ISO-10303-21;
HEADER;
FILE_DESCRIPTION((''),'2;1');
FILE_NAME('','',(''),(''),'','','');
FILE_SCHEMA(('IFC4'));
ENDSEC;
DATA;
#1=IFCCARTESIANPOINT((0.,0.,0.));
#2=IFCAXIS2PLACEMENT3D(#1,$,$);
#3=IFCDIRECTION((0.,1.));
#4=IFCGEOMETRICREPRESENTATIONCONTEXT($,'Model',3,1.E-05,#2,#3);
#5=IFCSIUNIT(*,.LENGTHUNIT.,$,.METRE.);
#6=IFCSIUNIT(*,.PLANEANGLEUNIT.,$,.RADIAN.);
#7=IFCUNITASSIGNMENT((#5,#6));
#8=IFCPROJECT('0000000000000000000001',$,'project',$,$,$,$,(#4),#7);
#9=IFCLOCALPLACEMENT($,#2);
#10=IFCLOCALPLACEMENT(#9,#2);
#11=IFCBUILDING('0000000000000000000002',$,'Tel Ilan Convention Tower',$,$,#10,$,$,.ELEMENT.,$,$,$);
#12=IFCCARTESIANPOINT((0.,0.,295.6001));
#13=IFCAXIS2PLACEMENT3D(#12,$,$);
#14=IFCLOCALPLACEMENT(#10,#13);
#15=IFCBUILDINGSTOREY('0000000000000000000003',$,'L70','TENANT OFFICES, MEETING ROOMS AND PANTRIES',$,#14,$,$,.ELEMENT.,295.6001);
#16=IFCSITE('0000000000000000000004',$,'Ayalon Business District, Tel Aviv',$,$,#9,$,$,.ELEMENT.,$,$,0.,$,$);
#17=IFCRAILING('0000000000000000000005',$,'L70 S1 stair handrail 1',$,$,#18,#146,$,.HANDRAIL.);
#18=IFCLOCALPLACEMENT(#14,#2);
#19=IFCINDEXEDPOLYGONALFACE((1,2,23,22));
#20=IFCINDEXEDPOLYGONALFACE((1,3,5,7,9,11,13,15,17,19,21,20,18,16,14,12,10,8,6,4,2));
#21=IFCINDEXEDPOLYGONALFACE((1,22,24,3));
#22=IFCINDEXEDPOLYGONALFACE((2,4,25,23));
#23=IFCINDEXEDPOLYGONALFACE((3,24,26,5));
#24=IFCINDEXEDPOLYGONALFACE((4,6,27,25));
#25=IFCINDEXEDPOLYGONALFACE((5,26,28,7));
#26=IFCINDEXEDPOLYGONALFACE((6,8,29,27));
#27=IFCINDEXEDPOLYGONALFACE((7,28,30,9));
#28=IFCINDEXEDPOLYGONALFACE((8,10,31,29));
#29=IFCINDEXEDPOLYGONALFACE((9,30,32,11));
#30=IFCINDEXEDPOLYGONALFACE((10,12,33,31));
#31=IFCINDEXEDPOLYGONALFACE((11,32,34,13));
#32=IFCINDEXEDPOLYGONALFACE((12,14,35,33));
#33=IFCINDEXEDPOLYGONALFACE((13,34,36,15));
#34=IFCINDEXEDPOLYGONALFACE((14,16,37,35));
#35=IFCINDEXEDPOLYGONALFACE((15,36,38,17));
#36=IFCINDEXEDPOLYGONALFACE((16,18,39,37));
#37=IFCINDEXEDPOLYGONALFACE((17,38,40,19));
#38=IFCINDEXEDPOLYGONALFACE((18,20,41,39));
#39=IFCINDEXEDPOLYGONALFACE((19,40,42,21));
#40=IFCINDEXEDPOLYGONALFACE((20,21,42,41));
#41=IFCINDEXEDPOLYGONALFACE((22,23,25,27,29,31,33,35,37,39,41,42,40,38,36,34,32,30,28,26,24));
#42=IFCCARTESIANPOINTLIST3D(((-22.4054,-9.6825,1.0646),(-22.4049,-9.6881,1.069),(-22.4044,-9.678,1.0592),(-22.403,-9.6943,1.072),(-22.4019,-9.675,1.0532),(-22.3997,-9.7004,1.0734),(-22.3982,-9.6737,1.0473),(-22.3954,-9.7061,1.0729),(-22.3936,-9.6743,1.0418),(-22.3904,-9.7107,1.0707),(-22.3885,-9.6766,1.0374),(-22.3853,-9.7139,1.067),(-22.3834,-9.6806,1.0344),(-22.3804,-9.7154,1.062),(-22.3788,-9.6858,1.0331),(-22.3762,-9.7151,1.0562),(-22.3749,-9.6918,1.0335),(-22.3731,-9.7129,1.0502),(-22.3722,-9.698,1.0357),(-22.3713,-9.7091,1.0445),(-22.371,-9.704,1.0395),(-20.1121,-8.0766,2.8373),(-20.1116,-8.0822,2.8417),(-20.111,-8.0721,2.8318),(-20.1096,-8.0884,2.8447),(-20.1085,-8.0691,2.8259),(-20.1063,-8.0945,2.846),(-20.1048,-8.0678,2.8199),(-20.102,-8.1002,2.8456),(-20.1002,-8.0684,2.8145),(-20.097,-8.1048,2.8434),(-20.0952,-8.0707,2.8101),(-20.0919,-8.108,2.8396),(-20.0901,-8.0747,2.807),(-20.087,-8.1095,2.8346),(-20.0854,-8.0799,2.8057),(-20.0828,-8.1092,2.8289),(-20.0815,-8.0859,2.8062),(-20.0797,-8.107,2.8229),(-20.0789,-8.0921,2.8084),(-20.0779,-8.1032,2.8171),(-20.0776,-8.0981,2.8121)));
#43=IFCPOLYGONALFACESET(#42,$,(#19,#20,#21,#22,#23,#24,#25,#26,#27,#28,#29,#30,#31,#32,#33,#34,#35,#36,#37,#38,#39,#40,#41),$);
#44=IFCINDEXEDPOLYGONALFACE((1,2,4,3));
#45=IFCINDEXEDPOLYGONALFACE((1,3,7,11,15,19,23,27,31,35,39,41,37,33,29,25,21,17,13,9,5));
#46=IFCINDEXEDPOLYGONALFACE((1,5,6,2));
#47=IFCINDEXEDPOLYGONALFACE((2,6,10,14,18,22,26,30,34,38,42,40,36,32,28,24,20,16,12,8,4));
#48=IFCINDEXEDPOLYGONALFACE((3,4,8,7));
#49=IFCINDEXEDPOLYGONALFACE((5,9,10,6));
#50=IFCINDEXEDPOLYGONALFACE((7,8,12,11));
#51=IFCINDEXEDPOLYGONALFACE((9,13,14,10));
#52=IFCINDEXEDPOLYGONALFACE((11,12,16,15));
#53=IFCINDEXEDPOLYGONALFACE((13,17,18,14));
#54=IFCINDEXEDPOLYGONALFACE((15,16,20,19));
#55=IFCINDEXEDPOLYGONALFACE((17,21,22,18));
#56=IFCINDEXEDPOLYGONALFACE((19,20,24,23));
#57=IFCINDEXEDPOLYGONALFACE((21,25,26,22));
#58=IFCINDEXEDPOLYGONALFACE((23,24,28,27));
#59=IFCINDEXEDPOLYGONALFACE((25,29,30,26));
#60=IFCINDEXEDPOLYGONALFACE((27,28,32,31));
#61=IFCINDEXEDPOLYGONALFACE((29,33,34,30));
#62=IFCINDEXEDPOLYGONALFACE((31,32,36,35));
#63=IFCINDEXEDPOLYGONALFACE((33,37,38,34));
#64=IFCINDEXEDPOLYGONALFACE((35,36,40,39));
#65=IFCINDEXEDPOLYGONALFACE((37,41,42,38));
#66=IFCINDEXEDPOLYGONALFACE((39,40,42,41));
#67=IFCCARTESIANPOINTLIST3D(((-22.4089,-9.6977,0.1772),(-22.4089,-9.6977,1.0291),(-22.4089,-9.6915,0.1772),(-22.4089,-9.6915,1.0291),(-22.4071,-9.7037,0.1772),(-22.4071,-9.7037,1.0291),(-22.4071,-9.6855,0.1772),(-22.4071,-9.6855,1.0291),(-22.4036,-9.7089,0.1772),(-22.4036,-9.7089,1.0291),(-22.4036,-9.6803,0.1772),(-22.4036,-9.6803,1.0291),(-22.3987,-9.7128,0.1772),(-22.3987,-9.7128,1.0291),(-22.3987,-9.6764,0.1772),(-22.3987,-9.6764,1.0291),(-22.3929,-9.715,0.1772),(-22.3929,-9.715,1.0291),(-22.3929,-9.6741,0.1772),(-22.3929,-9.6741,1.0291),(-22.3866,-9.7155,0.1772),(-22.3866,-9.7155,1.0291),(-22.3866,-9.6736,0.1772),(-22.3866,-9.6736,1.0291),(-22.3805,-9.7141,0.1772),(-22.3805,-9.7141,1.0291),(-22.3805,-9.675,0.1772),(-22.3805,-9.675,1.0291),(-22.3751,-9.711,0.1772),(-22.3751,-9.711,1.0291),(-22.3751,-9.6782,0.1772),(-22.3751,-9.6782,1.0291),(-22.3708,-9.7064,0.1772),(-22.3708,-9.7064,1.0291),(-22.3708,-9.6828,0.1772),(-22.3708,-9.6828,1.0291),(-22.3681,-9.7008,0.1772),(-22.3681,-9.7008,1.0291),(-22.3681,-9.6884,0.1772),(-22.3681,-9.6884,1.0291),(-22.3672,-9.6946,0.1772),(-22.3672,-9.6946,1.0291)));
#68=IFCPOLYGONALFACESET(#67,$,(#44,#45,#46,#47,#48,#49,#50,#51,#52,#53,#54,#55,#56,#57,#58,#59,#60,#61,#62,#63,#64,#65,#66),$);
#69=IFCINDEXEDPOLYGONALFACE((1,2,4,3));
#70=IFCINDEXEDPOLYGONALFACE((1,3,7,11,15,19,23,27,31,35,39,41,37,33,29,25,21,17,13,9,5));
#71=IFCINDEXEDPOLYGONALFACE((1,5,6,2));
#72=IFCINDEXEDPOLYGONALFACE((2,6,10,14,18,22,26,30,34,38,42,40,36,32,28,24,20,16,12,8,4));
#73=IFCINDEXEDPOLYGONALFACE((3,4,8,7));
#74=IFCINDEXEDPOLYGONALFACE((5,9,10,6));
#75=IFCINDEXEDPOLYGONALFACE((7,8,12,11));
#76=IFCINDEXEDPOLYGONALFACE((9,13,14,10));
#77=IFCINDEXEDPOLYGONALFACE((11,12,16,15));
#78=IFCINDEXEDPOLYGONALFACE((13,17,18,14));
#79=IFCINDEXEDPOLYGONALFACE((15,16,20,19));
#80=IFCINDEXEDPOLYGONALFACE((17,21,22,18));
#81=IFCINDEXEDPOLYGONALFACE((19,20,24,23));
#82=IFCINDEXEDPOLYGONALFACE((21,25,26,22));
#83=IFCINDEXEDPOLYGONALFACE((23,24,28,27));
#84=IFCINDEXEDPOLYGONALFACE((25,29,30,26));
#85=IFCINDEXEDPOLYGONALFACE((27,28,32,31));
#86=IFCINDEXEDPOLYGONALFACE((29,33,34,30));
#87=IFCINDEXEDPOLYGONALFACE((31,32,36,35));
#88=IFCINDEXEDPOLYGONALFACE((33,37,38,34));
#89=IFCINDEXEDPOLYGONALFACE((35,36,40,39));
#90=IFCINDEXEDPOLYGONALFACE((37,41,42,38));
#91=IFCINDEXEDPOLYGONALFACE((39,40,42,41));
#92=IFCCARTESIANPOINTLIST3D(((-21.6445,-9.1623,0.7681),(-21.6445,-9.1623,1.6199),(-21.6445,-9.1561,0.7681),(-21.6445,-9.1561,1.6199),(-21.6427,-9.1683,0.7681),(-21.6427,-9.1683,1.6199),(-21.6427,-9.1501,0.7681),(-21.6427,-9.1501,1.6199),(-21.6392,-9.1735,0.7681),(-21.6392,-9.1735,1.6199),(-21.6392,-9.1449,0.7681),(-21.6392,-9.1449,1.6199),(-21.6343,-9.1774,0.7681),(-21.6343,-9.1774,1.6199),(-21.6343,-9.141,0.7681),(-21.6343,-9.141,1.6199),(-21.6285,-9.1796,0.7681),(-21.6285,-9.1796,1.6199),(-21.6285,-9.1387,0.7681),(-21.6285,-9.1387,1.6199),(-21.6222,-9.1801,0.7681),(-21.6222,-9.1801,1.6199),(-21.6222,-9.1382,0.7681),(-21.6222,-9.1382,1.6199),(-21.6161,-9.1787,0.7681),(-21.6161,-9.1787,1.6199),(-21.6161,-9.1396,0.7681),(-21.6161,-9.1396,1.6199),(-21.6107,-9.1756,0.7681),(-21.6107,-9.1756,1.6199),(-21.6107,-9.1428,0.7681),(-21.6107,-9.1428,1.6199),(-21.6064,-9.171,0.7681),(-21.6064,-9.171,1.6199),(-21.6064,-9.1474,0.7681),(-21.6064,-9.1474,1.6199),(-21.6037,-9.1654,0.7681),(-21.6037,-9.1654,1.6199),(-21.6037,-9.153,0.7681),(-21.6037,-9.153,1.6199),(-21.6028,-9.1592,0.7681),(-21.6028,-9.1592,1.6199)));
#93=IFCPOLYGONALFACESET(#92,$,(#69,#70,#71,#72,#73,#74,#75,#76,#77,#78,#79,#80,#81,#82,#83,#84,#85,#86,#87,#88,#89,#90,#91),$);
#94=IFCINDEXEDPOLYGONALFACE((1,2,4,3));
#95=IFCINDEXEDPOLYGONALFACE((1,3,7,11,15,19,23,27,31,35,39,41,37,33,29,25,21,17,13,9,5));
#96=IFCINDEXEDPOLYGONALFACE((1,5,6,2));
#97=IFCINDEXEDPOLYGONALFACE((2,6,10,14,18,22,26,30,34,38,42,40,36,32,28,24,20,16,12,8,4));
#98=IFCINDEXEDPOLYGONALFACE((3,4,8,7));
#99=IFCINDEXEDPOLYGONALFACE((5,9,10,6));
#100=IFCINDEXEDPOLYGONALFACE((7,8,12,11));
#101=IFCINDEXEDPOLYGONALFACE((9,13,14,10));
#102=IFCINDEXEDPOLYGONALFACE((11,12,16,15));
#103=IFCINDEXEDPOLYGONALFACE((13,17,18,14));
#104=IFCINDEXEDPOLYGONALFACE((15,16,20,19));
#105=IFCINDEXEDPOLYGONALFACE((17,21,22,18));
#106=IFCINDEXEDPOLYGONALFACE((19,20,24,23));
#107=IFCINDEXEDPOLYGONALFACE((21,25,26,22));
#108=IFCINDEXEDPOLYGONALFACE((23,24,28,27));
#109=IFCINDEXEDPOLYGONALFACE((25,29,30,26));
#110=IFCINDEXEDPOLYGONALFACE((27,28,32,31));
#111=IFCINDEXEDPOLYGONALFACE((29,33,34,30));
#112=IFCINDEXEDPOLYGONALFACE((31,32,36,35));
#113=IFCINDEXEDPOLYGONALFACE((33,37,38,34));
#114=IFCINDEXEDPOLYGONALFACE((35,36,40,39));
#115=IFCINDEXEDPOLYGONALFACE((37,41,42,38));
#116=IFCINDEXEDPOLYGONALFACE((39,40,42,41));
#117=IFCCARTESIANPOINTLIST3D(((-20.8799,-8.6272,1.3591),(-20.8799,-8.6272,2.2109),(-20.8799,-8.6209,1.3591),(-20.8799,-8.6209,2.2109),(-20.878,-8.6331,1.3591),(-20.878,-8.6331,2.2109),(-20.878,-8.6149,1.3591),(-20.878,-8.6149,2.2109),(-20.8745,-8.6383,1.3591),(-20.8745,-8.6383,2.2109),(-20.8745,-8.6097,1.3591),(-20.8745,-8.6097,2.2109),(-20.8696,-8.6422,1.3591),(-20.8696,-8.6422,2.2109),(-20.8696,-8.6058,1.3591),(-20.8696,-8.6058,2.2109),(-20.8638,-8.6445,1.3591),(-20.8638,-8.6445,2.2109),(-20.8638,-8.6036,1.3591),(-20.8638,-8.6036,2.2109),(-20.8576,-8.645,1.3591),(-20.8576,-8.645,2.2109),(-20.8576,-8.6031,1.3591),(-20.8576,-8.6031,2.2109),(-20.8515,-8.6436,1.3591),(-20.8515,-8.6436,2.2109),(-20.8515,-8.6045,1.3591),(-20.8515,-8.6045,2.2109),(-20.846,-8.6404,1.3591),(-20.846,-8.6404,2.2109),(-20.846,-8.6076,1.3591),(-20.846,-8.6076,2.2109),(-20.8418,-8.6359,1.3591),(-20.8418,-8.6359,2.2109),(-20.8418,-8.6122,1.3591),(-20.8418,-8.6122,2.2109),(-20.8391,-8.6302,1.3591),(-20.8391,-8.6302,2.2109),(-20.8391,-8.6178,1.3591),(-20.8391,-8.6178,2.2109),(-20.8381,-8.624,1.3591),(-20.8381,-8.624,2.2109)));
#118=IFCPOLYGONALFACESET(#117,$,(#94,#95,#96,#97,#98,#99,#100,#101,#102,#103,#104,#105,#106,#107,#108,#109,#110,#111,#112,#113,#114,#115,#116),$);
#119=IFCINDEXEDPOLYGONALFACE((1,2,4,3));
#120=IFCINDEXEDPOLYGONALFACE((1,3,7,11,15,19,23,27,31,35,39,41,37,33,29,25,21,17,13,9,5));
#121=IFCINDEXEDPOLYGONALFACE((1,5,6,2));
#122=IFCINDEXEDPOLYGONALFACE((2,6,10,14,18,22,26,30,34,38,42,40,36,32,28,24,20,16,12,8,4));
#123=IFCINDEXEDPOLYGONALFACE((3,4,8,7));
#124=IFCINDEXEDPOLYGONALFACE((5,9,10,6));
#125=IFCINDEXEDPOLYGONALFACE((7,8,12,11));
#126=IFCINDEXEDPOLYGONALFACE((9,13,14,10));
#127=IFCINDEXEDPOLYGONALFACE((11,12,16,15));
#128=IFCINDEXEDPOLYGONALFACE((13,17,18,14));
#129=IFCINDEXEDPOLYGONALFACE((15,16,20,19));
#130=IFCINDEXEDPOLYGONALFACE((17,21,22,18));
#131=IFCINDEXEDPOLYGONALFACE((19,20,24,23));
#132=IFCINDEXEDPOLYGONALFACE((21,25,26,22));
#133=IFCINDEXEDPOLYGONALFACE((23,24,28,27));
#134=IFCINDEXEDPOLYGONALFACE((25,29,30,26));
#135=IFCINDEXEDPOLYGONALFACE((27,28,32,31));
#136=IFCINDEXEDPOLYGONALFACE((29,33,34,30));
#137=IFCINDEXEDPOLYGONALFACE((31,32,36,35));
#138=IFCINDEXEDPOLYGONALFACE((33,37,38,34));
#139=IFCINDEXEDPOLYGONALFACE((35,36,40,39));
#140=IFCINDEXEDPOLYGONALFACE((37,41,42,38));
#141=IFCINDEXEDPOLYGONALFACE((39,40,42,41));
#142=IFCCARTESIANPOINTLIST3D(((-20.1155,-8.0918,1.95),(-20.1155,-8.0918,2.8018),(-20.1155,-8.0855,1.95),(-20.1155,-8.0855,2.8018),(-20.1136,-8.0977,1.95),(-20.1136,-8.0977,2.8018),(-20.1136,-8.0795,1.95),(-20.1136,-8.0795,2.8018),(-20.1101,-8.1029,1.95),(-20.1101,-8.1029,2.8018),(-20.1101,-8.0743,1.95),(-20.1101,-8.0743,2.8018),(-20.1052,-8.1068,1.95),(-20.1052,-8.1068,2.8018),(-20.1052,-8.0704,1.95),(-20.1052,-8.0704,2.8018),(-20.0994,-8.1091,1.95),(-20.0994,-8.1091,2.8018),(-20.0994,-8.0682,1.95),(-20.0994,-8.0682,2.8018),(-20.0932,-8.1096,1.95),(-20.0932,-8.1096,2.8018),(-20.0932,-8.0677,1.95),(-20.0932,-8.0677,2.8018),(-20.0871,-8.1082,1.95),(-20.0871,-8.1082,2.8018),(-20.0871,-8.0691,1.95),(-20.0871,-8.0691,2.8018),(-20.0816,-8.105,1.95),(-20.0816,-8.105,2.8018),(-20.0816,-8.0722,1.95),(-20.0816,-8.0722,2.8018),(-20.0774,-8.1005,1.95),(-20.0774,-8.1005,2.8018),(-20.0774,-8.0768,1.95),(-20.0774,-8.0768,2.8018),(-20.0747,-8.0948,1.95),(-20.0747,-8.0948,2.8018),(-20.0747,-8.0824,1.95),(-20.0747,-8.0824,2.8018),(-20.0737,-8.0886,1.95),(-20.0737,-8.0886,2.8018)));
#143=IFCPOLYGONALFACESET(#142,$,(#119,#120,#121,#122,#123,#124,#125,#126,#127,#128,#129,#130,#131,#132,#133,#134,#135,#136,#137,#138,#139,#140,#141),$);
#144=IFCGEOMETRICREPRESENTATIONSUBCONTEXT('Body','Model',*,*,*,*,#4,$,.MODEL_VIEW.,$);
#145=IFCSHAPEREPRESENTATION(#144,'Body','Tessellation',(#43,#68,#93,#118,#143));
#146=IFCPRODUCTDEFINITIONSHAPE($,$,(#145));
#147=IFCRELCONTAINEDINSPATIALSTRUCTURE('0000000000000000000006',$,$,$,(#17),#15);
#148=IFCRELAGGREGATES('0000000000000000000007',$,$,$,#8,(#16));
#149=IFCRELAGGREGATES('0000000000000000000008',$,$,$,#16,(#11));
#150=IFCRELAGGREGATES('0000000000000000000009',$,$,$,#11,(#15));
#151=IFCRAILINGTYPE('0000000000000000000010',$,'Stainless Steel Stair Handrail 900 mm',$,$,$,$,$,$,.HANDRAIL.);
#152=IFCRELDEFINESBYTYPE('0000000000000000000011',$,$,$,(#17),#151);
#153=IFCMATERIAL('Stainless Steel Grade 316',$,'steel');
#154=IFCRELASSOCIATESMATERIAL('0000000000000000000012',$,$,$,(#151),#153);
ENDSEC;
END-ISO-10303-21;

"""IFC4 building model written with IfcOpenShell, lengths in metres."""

from ifc_helpers import new_model, si_unit, direction, frame, origin, origin_2d, place, context, subcontext, project, spatial, circle, extrude, material, type_object, element, save


model = new_model("IFC4")

# Units and contexts
model_context = context("Model", 3, precision=1e-05, world=origin(), true_north=direction((0.0, 1.0)))
body_context = subcontext(model_context, "Body", "Model", "MODEL_VIEW")
ifc_project = project(units=[si_unit("LENGTHUNIT", "METRE"), si_unit("PLANEANGLEUNIT", "RADIAN")], contexts=[model_context])

# Site, building, storey
site_placement = place(None, origin())
site = spatial("IfcSite", under=ifc_project, at=site_placement, Name="Ayalon Business District, Tel Aviv", CompositionType="ELEMENT", RefElevation=0.0)
building_placement = place(site_placement, origin())
building = spatial("IfcBuilding", under=site, at=building_placement, Name="Tel Ilan Convention Tower", CompositionType="ELEMENT")
storey_placement = place(building_placement, frame((0.0, 0.0, 295.6001)))
storey = spatial("IfcBuildingStorey", under=building, at=storey_placement, Name="L70", Description="TENANT OFFICES, MEETING ROOMS AND PANTRIES", CompositionType="ELEMENT", Elevation=295.6001)

# Railing
ifc_material_1 = material(Name="Stainless Steel Grade 316", Category="steel")
railing_type_1 = type_object("IfcRailingType", Name="Stainless Steel Stair Handrail 900 mm", PredefinedType="HANDRAIL", material=ifc_material_1)
railing_1_placement = place(storey_placement, frame((-22.3882, -9.6946, 0.1772)))
element("IfcRailing", 1, at=railing_1_placement, inside=storey, type_object=railing_type_1, Name="L70 S1 stair handrail 1", PredefinedType="HANDRAIL", context=body_context, shape_type="SweptSolid", body=[
    extrude(circle(Radius=0.0239, at=origin_2d()), frame((0.0, 0.0, 0.876), z_axis=(0.692085, 0.484621, 0.53494), x_axis=(-0.573591, 0.819142, 0.0)), (0.0, 0.0, 1.0), 3.3137),
    extrude(circle(Radius=0.021, at=origin_2d()), origin(), (0.0, 0.0, 1.0), 0.8518),
    extrude(circle(Radius=0.021, at=origin_2d()), frame((0.7644, 0.5354, 0.5908)), (0.0, 0.0, 1.0), 0.8518),
    extrude(circle(Radius=0.021, at=origin_2d()), frame((1.5291, 1.0706, 1.1819)), (0.0, 0.0, 1.0), 0.8518),
    extrude(circle(Radius=0.021, at=origin_2d()), frame((2.2935, 1.606, 1.7727)), (0.0, 0.0, 1.0), 0.8518),
])

save(model, "model.ifc")
